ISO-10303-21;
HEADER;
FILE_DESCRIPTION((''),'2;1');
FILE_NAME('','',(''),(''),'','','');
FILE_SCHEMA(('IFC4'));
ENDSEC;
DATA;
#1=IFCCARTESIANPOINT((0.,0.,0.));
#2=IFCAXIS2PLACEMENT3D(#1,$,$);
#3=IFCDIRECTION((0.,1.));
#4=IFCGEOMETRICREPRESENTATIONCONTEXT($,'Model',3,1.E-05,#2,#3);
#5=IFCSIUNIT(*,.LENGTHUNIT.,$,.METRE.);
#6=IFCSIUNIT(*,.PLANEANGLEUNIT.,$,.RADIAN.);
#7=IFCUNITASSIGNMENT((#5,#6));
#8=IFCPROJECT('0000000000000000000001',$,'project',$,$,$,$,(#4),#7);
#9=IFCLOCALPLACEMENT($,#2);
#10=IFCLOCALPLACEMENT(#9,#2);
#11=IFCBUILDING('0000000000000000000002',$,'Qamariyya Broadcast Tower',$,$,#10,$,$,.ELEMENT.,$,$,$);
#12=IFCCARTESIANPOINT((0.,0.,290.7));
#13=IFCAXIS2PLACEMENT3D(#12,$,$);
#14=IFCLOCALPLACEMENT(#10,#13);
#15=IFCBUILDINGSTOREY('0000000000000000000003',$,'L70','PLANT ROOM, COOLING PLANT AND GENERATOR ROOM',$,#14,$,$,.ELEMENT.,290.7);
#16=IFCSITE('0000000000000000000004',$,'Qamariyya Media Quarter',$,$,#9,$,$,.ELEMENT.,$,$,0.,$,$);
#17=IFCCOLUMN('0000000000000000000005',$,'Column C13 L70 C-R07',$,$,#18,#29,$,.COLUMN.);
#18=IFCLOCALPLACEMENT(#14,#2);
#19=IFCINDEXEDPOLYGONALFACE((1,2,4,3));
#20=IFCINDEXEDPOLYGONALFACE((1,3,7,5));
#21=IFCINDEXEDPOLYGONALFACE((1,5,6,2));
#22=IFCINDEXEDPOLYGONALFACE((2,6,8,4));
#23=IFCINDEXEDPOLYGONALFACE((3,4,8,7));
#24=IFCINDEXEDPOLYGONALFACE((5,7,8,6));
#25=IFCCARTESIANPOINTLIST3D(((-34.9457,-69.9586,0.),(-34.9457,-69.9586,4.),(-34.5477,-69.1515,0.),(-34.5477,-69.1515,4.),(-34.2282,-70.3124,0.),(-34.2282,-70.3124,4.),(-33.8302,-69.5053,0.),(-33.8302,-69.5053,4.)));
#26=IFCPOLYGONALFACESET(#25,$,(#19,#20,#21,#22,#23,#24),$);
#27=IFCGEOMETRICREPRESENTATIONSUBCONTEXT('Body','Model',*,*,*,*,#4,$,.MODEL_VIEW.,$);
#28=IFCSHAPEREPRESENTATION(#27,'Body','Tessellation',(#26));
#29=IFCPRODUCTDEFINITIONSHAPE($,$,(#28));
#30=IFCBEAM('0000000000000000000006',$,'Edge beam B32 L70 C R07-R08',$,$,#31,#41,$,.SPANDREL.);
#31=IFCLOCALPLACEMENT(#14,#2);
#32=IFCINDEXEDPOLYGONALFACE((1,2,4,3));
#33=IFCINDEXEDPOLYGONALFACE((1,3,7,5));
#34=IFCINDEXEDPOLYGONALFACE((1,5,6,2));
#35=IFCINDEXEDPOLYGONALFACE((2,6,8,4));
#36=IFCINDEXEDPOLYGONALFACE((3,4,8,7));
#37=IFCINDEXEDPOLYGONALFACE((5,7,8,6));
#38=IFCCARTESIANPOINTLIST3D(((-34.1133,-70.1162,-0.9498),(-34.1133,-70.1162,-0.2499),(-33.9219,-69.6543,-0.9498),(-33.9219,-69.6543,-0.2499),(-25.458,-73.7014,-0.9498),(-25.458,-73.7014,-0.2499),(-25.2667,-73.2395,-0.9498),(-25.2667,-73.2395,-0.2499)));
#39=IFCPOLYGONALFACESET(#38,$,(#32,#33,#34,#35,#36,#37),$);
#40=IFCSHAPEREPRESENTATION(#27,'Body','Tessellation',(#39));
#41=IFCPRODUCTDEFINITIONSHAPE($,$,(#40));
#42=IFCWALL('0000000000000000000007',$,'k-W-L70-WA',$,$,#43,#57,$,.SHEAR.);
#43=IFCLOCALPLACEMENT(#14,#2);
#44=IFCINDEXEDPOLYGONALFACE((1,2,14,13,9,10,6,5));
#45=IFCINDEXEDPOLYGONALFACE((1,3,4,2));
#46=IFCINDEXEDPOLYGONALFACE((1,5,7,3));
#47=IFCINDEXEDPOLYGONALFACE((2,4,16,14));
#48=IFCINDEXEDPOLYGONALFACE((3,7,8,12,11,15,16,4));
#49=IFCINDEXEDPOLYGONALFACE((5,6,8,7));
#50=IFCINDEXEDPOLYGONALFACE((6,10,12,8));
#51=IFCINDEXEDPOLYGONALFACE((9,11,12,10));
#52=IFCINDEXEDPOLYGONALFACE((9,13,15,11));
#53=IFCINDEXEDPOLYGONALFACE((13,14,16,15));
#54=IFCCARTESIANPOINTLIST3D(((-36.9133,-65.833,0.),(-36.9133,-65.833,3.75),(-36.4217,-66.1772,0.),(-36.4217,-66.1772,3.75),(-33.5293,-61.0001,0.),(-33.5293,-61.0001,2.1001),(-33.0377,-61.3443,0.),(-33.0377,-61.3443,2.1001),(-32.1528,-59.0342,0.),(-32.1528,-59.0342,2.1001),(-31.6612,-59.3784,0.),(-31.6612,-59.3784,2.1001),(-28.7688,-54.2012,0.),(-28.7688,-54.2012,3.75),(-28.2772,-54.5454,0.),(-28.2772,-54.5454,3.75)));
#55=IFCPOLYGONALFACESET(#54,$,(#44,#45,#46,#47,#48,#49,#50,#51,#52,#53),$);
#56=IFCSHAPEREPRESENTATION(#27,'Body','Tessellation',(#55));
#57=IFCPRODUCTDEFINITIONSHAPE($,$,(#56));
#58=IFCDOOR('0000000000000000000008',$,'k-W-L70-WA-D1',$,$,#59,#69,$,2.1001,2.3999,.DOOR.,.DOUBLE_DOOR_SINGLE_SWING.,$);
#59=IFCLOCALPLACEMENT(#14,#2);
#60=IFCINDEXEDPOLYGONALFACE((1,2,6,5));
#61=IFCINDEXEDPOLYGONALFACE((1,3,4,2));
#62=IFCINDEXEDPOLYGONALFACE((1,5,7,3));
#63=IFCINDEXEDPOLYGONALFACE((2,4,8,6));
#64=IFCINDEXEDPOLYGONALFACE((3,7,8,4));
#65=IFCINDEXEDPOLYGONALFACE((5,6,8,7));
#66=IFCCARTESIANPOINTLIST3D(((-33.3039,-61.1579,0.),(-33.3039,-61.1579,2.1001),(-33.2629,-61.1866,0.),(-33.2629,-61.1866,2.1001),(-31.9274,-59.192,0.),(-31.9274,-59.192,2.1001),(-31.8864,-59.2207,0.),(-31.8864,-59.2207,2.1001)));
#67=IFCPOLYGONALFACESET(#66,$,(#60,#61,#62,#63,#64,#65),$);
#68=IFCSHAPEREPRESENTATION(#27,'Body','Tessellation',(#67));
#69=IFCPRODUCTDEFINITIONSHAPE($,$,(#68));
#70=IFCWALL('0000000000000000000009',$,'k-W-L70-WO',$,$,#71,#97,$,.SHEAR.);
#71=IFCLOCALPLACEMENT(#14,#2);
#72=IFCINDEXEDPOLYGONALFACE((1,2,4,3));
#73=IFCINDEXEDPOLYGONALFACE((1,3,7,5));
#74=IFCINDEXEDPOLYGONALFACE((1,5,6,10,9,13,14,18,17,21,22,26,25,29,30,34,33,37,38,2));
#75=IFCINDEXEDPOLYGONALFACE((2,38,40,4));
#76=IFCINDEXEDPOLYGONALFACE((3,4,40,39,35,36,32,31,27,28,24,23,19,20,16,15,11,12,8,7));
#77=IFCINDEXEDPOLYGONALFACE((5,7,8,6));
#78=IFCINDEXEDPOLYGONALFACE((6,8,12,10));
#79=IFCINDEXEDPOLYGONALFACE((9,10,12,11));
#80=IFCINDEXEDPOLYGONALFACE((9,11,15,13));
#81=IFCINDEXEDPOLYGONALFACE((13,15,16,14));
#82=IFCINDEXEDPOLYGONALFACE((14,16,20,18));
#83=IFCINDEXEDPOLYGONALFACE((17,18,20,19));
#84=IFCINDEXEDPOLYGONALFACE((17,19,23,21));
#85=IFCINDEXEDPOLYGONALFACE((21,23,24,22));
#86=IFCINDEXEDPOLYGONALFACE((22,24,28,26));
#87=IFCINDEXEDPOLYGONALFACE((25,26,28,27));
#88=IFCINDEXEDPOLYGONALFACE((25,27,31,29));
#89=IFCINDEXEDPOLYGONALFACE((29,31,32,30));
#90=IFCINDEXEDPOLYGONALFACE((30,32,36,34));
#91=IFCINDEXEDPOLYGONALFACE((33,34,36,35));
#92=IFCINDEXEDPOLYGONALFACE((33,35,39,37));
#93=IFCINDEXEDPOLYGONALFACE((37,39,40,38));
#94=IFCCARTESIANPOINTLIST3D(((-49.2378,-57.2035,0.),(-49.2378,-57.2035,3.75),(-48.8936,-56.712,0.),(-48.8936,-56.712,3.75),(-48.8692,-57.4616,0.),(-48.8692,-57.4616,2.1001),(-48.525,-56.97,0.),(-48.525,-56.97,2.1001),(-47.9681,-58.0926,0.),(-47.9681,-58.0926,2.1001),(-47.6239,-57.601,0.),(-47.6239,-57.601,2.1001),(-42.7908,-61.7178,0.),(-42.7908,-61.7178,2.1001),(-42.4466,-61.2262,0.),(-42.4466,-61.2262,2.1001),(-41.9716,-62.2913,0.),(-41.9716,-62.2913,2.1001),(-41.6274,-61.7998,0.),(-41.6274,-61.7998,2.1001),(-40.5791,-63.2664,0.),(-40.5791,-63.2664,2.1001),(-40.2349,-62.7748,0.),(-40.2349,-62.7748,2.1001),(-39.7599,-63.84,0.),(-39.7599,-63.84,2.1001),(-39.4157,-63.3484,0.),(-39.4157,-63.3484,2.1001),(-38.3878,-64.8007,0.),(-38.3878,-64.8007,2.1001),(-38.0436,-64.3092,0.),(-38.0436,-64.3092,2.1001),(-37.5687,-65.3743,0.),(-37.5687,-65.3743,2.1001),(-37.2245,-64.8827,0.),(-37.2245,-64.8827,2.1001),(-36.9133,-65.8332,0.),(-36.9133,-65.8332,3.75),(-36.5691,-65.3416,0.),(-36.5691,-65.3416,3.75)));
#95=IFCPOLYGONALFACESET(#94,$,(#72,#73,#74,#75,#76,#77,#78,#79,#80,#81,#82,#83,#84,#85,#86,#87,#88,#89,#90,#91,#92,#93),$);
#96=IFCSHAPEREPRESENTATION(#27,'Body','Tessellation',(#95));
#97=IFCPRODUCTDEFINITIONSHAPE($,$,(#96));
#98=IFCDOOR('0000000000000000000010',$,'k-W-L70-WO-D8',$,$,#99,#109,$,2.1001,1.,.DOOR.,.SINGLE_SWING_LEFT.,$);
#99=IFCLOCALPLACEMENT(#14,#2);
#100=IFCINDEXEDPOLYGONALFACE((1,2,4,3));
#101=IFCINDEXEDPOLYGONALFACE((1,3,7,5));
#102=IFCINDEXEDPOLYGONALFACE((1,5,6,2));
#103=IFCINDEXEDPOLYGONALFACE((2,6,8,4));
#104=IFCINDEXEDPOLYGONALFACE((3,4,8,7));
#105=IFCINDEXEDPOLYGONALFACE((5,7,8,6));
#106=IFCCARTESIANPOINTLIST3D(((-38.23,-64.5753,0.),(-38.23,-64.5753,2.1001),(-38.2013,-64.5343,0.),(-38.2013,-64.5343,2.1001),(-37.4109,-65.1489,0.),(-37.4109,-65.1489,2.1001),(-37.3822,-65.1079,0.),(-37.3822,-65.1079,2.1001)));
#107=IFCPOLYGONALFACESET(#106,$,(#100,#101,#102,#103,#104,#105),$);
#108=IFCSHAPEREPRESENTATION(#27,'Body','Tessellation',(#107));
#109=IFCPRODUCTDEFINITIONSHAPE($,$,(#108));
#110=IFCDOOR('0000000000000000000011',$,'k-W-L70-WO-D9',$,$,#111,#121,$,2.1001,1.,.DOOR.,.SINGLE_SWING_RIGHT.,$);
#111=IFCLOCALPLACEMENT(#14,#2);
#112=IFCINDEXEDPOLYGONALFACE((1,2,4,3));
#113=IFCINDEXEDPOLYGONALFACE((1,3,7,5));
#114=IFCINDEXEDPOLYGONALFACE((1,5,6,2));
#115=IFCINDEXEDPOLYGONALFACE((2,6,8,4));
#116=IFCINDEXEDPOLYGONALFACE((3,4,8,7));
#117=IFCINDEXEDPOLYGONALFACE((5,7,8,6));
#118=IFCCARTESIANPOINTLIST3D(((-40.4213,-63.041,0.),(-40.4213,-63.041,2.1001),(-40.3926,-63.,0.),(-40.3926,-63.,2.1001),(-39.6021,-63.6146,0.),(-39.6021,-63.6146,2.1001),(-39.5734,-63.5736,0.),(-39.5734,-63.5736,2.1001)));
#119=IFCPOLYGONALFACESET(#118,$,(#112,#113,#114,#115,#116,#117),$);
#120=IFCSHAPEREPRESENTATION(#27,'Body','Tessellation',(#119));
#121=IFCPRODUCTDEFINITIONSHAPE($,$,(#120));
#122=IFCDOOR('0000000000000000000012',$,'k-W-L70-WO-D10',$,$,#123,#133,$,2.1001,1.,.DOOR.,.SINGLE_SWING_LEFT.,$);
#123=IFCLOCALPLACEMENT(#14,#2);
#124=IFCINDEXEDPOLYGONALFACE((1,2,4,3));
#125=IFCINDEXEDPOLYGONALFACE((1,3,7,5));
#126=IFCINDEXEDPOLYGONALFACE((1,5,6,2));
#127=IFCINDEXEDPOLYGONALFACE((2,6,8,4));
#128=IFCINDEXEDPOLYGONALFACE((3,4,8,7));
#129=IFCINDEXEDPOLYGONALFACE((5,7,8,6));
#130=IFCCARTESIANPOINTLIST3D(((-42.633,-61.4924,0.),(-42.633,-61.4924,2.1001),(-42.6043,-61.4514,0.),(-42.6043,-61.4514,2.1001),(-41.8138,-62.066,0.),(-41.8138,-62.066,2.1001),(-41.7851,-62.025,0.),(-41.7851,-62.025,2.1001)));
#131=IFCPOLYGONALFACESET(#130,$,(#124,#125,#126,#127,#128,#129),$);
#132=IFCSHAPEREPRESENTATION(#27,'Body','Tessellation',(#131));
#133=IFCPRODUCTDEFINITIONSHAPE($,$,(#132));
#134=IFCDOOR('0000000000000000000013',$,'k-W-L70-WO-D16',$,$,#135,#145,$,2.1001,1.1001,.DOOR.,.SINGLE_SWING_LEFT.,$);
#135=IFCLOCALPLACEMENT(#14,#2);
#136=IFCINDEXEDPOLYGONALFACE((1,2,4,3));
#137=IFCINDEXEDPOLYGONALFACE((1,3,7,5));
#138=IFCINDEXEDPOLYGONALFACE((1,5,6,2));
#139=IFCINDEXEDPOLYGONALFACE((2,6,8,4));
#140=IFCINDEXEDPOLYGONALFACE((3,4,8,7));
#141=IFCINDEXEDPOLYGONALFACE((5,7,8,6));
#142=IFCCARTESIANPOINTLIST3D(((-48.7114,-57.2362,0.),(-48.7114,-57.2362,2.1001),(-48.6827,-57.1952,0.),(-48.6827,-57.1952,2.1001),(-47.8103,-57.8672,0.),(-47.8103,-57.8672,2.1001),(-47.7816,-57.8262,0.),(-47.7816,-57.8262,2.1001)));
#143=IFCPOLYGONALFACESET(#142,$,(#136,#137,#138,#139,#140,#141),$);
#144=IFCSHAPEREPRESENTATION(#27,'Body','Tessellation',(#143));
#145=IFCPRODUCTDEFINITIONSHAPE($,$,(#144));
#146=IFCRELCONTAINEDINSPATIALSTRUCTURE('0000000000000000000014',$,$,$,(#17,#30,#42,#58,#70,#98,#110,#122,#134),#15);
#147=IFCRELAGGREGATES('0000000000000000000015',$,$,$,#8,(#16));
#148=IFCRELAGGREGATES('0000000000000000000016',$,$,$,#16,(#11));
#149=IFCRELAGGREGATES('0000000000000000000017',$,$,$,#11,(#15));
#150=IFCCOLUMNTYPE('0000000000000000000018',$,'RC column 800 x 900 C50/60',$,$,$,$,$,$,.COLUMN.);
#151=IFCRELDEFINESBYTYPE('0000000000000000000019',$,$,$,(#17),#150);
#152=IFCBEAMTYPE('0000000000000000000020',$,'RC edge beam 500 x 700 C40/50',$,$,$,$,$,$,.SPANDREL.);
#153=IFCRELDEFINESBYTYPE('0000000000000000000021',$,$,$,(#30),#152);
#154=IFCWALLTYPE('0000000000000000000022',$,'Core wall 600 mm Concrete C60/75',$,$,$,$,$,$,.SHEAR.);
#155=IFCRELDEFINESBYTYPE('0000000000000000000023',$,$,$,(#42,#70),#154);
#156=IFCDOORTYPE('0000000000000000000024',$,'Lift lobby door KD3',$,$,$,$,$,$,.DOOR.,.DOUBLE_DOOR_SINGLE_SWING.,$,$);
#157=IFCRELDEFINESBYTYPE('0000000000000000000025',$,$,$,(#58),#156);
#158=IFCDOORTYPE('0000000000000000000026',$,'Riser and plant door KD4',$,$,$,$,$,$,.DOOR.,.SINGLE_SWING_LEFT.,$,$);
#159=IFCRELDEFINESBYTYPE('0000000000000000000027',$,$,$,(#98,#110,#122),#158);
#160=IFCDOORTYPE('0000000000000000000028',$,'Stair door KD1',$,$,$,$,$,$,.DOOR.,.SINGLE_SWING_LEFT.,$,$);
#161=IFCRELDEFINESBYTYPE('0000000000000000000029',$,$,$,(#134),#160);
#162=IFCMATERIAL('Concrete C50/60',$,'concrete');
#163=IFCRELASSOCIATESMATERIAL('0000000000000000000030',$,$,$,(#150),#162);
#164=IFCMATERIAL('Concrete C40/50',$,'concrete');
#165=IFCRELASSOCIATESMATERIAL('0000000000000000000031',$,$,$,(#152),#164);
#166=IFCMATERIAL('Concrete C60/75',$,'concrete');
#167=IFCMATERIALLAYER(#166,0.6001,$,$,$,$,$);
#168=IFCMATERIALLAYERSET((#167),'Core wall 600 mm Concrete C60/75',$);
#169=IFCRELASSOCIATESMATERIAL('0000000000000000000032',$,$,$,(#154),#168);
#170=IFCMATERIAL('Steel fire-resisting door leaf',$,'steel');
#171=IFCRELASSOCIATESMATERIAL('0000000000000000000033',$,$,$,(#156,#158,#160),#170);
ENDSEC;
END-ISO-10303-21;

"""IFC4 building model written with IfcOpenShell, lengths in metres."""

from ifc_helpers import new_model, si_unit, direction, frame, frame_2d, origin, origin_2d, place, context, subcontext, project, spatial, rectangle, extrude, material, layer, layer_set, material_profile, profile_set, type_object, element, fill, save


model = new_model("IFC4")

# Units and contexts
model_context = context("Model", 3, precision=1e-05, world=origin(), true_north=direction((0.0, 1.0)))
body_context = subcontext(model_context, "Body", "Model", "MODEL_VIEW")
ifc_project = project(units=[si_unit("LENGTHUNIT", "METRE"), si_unit("PLANEANGLEUNIT", "RADIAN")], contexts=[model_context])

# Site, building, storey
site_placement = place(None, origin())
site = spatial("IfcSite", under=ifc_project, at=site_placement, Name="Qamariyya Media Quarter", CompositionType="ELEMENT", RefElevation=0.0)
building_placement = place(site_placement, origin())
building = spatial("IfcBuilding", under=site, at=building_placement, Name="Qamariyya Broadcast Tower", CompositionType="ELEMENT")
storey_placement = place(building_placement, frame((0.0, 0.0, 290.7)))
storey = spatial("IfcBuildingStorey", under=building, at=storey_placement, Name="L70", Description="PLANT ROOM, COOLING PLANT AND GENERATOR ROOM", CompositionType="ELEMENT", Elevation=290.7)

# Column
ifc_material_1 = material(Name="Concrete C50/60", Category="concrete")
ifc_material_profile_1 = material_profile(ifc_material_1, rectangle(XDim=0.8, YDim=0.8999, at=origin_2d()))
ifc_profile_set_1 = profile_set([ifc_material_profile_1], Name="Concrete C50/60")
column_type = type_object("IfcColumnType", Name="RC column 800 x 900 C50/60", PredefinedType="COLUMN", material=ifc_profile_set_1)
column_placement = place(storey_placement, frame((-34.3879, -69.7319, 0.0), z_axis=(0.0, 0.0, 1.0), x_axis=(0.896873, -0.442289, 0.0)))
element("IfcColumn", 1, at=column_placement, inside=storey, type_object=column_type, Name="Column C13 L70 C-R07", PredefinedType="COLUMN", context=body_context, shape_type="SweptSolid", body=[
    extrude(rectangle(XDim=0.8, YDim=0.8999, at=origin_2d()), origin(), (0.0, 0.0, 1.0), 4.0),
])

# Beam
ifc_material_2 = material(Name="Concrete C40/50", Category="concrete")
ifc_material_profile_2 = material_profile(ifc_material_2, rectangle(XDim=0.5, YDim=0.7, at=origin_2d()))
ifc_profile_set_2 = profile_set([ifc_material_profile_2], Name="Concrete C40/50")
beam_type = type_object("IfcBeamType", Name="RC edge beam 500 x 700 C40/50", PredefinedType="SPANDREL", material=ifc_profile_set_2)
beam_placement = place(storey_placement, frame((-34.0176, -69.8853, -0.5999), z_axis=(0.923877, -0.38269, 0.0), x_axis=(0.38269, 0.923877, 0.0)))
element("IfcBeam", 2, at=beam_placement, inside=storey, type_object=beam_type, Name="Edge beam B32 L70 C R07-R08", PredefinedType="SPANDREL", context=body_context, shape_type="SweptSolid", body=[
    extrude(rectangle(XDim=0.5, YDim=0.7, at=origin_2d()), origin(), (0.0, 0.0, 1.0), 9.3684),
])

# Wall, opening, door
ifc_material_3 = material(Name="Concrete C60/75", Category="concrete")
ifc_layer_1 = layer(ifc_material_3, 0.6001)
ifc_layer_set_1 = layer_set([ifc_layer_1], Name="Core wall 600 mm Concrete C60/75")
wall_type_1 = type_object("IfcWallType", Name="Core wall 600 mm Concrete C60/75", PredefinedType="SHEAR", material=ifc_layer_set_1)
wall_1_placement = place(storey_placement, frame((-36.6675, -66.0051, 0.0), z_axis=(0.0, 0.0, 1.0), x_axis=(0.573568, 0.819158, 0.0)))
wall_1 = element("IfcWall", 3, at=wall_1_placement, inside=storey, type_object=wall_type_1, Name="k-W-L70-WA", PredefinedType="SHEAR", context=body_context, shape_type="SweptSolid", body=[
    extrude(rectangle(XDim=14.1997, YDim=0.6001, at=frame_2d((7.0999, 0.0))), origin(), (0.0, 0.0, 1.0), 3.75),
])
opening_1_placement = place(wall_1_placement, frame((5.8999, 0.0, 0.0)))
opening_1 = element("IfcOpeningElement", 4, at=opening_1_placement, cuts=wall_1, PredefinedType="OPENING", context=body_context, shape_type="SweptSolid", body=[
    extrude(rectangle(XDim=2.3999, YDim=2.1001, at=frame_2d((1.2, 1.05))), frame((0.0, 0.3101, 0.0), z_axis=(0.0, -1.0, 0.0), x_axis=(1.0, 0.0, 0.0)), (0.0, 0.0, 1.0), 0.6201),
])
ifc_material_4 = material(Name="Steel fire-resisting door leaf", Category="steel")
door_type_1 = type_object("IfcDoorType", Name="Lift lobby door KD3", OperationType="DOUBLE_DOOR_SINGLE_SWING", PredefinedType="DOOR", material=ifc_material_4)
door_1_placement = place(opening_1_placement, origin())
door_1 = element("IfcDoor", 5, at=door_1_placement, inside=storey, type_object=door_type_1, Name="k-W-L70-WA-D1", OperationType="DOUBLE_DOOR_SINGLE_SWING", OverallHeight=2.1001, OverallWidth=2.3999, PredefinedType="DOOR", context=body_context, shape_type="SweptSolid", body=[
    extrude(rectangle(XDim=2.3999, YDim=2.1001, at=frame_2d((1.2, 1.05))), frame((0.0, 0.0249, 0.0), z_axis=(0.0, -1.0, 0.0), x_axis=(1.0, 0.0, 0.0)), (0.0, 0.0, 1.0), 0.05),
])
fill(opening_1, door_1)

# Wall, openings, doors
wall_2_placement = place(storey_placement, frame((-36.7412, -65.5874, 0.0), z_axis=(0.0, 0.0, 1.0), x_axis=(-0.819153, 0.573575, 0.0)))
wall_2 = element("IfcWall", 6, at=wall_2_placement, inside=storey, type_object=wall_type_1, Name="k-W-L70-WO", PredefinedType="SHEAR", context=body_context, shape_type="SweptSolid", body=[
    extrude(rectangle(XDim=15.0454, YDim=0.6001, at=frame_2d((7.5227, 0.0))), origin(), (0.0, 0.0, 1.0), 3.75),
])
opening_2_placement = place(wall_2_placement, frame((0.8, 0.0, 0.0)))
opening_2 = element("IfcOpeningElement", 7, at=opening_2_placement, cuts=wall_2, PredefinedType="OPENING", context=body_context, shape_type="SweptSolid", body=[
    extrude(rectangle(XDim=1.0, YDim=2.1001, at=frame_2d((0.5, 1.05))), frame((0.0, 0.3101, 0.0), z_axis=(0.0, -1.0, 0.0), x_axis=(1.0, 0.0, 0.0)), (0.0, 0.0, 1.0), 0.6201),
])
opening_3_placement = place(wall_2_placement, frame((3.4751, 0.0, 0.0)))
opening_3 = element("IfcOpeningElement", 8, at=opening_3_placement, cuts=wall_2, PredefinedType="OPENING", context=body_context, shape_type="SweptSolid", body=[
    extrude(rectangle(XDim=1.0, YDim=2.1001, at=frame_2d((0.5, 1.05))), frame((0.0, 0.3101, 0.0), z_axis=(0.0, -1.0, 0.0), x_axis=(1.0, 0.0, 0.0)), (0.0, 0.0, 1.0), 0.6201),
])
opening_4_placement = place(wall_2_placement, frame((6.175, 0.0, 0.0)))
opening_4 = element("IfcOpeningElement", 9, at=opening_4_placement, cuts=wall_2, PredefinedType="OPENING", context=body_context, shape_type="SweptSolid", body=[
    extrude(rectangle(XDim=1.0, YDim=2.1001, at=frame_2d((0.5, 1.05))), frame((0.0, 0.3101, 0.0), z_axis=(0.0, -1.0, 0.0), x_axis=(1.0, 0.0, 0.0)), (0.0, 0.0, 1.0), 0.6201),
])
opening_5_placement = place(wall_2_placement, frame((13.4954, 0.0, 0.0)))
opening_5 = element("IfcOpeningElement", 10, at=opening_5_placement, cuts=wall_2, PredefinedType="OPENING", context=body_context, shape_type="SweptSolid", body=[
    extrude(rectangle(XDim=1.1001, YDim=2.1001, at=frame_2d((0.55, 1.05))), frame((0.0, 0.3101, 0.0), z_axis=(0.0, -1.0, 0.0), x_axis=(1.0, 0.0, 0.0)), (0.0, 0.0, 1.0), 0.6201),
])
door_type_2 = type_object("IfcDoorType", Name="Riser and plant door KD4", OperationType="SINGLE_SWING_LEFT", PredefinedType="DOOR", material=ifc_material_4)
door_2_placement = place(opening_2_placement, origin())
door_2 = element("IfcDoor", 11, at=door_2_placement, inside=storey, type_object=door_type_2, Name="k-W-L70-WO-D8", OperationType="SINGLE_SWING_LEFT", OverallHeight=2.1001, OverallWidth=1.0, PredefinedType="DOOR", context=body_context, shape_type="SweptSolid", body=[
    extrude(rectangle(XDim=1.0, YDim=2.1001, at=frame_2d((0.5, 1.05))), frame((0.0, 0.0249, 0.0), z_axis=(0.0, -1.0, 0.0), x_axis=(1.0, 0.0, 0.0)), (0.0, 0.0, 1.0), 0.05),
])
fill(opening_2, door_2)
door_3_placement = place(opening_3_placement, origin())
door_3 = element("IfcDoor", 12, at=door_3_placement, inside=storey, type_object=door_type_2, Name="k-W-L70-WO-D9", OperationType="SINGLE_SWING_RIGHT", OverallHeight=2.1001, OverallWidth=1.0, PredefinedType="DOOR", context=body_context, shape_type="SweptSolid", body=[
    extrude(rectangle(XDim=1.0, YDim=2.1001, at=frame_2d((0.5, 1.05))), frame((0.0, 0.0249, 0.0), z_axis=(0.0, -1.0, 0.0), x_axis=(1.0, 0.0, 0.0)), (0.0, 0.0, 1.0), 0.05),
])
fill(opening_3, door_3)
door_4_placement = place(opening_4_placement, origin())
door_4 = element("IfcDoor", 13, at=door_4_placement, inside=storey, type_object=door_type_2, Name="k-W-L70-WO-D10", OperationType="SINGLE_SWING_LEFT", OverallHeight=2.1001, OverallWidth=1.0, PredefinedType="DOOR", context=body_context, shape_type="SweptSolid", body=[
    extrude(rectangle(XDim=1.0, YDim=2.1001, at=frame_2d((0.5, 1.05))), frame((0.0, 0.0249, 0.0), z_axis=(0.0, -1.0, 0.0), x_axis=(1.0, 0.0, 0.0)), (0.0, 0.0, 1.0), 0.05),
])
fill(opening_4, door_4)
door_type_3 = type_object("IfcDoorType", Name="Stair door KD1", OperationType="SINGLE_SWING_LEFT", PredefinedType="DOOR", material=ifc_material_4)
door_5_placement = place(opening_5_placement, origin())
door_5 = element("IfcDoor", 14, at=door_5_placement, inside=storey, type_object=door_type_3, Name="k-W-L70-WO-D16", OperationType="SINGLE_SWING_LEFT", OverallHeight=2.1001, OverallWidth=1.1001, PredefinedType="DOOR", context=body_context, shape_type="SweptSolid", body=[
    extrude(rectangle(XDim=1.1001, YDim=2.1001, at=frame_2d((0.55, 1.05))), frame((0.0, 0.0249, 0.0), z_axis=(0.0, -1.0, 0.0), x_axis=(1.0, 0.0, 0.0)), (0.0, 0.0, 1.0), 0.05),
])
fill(opening_5, door_5)

save(model, "model.ifc")
